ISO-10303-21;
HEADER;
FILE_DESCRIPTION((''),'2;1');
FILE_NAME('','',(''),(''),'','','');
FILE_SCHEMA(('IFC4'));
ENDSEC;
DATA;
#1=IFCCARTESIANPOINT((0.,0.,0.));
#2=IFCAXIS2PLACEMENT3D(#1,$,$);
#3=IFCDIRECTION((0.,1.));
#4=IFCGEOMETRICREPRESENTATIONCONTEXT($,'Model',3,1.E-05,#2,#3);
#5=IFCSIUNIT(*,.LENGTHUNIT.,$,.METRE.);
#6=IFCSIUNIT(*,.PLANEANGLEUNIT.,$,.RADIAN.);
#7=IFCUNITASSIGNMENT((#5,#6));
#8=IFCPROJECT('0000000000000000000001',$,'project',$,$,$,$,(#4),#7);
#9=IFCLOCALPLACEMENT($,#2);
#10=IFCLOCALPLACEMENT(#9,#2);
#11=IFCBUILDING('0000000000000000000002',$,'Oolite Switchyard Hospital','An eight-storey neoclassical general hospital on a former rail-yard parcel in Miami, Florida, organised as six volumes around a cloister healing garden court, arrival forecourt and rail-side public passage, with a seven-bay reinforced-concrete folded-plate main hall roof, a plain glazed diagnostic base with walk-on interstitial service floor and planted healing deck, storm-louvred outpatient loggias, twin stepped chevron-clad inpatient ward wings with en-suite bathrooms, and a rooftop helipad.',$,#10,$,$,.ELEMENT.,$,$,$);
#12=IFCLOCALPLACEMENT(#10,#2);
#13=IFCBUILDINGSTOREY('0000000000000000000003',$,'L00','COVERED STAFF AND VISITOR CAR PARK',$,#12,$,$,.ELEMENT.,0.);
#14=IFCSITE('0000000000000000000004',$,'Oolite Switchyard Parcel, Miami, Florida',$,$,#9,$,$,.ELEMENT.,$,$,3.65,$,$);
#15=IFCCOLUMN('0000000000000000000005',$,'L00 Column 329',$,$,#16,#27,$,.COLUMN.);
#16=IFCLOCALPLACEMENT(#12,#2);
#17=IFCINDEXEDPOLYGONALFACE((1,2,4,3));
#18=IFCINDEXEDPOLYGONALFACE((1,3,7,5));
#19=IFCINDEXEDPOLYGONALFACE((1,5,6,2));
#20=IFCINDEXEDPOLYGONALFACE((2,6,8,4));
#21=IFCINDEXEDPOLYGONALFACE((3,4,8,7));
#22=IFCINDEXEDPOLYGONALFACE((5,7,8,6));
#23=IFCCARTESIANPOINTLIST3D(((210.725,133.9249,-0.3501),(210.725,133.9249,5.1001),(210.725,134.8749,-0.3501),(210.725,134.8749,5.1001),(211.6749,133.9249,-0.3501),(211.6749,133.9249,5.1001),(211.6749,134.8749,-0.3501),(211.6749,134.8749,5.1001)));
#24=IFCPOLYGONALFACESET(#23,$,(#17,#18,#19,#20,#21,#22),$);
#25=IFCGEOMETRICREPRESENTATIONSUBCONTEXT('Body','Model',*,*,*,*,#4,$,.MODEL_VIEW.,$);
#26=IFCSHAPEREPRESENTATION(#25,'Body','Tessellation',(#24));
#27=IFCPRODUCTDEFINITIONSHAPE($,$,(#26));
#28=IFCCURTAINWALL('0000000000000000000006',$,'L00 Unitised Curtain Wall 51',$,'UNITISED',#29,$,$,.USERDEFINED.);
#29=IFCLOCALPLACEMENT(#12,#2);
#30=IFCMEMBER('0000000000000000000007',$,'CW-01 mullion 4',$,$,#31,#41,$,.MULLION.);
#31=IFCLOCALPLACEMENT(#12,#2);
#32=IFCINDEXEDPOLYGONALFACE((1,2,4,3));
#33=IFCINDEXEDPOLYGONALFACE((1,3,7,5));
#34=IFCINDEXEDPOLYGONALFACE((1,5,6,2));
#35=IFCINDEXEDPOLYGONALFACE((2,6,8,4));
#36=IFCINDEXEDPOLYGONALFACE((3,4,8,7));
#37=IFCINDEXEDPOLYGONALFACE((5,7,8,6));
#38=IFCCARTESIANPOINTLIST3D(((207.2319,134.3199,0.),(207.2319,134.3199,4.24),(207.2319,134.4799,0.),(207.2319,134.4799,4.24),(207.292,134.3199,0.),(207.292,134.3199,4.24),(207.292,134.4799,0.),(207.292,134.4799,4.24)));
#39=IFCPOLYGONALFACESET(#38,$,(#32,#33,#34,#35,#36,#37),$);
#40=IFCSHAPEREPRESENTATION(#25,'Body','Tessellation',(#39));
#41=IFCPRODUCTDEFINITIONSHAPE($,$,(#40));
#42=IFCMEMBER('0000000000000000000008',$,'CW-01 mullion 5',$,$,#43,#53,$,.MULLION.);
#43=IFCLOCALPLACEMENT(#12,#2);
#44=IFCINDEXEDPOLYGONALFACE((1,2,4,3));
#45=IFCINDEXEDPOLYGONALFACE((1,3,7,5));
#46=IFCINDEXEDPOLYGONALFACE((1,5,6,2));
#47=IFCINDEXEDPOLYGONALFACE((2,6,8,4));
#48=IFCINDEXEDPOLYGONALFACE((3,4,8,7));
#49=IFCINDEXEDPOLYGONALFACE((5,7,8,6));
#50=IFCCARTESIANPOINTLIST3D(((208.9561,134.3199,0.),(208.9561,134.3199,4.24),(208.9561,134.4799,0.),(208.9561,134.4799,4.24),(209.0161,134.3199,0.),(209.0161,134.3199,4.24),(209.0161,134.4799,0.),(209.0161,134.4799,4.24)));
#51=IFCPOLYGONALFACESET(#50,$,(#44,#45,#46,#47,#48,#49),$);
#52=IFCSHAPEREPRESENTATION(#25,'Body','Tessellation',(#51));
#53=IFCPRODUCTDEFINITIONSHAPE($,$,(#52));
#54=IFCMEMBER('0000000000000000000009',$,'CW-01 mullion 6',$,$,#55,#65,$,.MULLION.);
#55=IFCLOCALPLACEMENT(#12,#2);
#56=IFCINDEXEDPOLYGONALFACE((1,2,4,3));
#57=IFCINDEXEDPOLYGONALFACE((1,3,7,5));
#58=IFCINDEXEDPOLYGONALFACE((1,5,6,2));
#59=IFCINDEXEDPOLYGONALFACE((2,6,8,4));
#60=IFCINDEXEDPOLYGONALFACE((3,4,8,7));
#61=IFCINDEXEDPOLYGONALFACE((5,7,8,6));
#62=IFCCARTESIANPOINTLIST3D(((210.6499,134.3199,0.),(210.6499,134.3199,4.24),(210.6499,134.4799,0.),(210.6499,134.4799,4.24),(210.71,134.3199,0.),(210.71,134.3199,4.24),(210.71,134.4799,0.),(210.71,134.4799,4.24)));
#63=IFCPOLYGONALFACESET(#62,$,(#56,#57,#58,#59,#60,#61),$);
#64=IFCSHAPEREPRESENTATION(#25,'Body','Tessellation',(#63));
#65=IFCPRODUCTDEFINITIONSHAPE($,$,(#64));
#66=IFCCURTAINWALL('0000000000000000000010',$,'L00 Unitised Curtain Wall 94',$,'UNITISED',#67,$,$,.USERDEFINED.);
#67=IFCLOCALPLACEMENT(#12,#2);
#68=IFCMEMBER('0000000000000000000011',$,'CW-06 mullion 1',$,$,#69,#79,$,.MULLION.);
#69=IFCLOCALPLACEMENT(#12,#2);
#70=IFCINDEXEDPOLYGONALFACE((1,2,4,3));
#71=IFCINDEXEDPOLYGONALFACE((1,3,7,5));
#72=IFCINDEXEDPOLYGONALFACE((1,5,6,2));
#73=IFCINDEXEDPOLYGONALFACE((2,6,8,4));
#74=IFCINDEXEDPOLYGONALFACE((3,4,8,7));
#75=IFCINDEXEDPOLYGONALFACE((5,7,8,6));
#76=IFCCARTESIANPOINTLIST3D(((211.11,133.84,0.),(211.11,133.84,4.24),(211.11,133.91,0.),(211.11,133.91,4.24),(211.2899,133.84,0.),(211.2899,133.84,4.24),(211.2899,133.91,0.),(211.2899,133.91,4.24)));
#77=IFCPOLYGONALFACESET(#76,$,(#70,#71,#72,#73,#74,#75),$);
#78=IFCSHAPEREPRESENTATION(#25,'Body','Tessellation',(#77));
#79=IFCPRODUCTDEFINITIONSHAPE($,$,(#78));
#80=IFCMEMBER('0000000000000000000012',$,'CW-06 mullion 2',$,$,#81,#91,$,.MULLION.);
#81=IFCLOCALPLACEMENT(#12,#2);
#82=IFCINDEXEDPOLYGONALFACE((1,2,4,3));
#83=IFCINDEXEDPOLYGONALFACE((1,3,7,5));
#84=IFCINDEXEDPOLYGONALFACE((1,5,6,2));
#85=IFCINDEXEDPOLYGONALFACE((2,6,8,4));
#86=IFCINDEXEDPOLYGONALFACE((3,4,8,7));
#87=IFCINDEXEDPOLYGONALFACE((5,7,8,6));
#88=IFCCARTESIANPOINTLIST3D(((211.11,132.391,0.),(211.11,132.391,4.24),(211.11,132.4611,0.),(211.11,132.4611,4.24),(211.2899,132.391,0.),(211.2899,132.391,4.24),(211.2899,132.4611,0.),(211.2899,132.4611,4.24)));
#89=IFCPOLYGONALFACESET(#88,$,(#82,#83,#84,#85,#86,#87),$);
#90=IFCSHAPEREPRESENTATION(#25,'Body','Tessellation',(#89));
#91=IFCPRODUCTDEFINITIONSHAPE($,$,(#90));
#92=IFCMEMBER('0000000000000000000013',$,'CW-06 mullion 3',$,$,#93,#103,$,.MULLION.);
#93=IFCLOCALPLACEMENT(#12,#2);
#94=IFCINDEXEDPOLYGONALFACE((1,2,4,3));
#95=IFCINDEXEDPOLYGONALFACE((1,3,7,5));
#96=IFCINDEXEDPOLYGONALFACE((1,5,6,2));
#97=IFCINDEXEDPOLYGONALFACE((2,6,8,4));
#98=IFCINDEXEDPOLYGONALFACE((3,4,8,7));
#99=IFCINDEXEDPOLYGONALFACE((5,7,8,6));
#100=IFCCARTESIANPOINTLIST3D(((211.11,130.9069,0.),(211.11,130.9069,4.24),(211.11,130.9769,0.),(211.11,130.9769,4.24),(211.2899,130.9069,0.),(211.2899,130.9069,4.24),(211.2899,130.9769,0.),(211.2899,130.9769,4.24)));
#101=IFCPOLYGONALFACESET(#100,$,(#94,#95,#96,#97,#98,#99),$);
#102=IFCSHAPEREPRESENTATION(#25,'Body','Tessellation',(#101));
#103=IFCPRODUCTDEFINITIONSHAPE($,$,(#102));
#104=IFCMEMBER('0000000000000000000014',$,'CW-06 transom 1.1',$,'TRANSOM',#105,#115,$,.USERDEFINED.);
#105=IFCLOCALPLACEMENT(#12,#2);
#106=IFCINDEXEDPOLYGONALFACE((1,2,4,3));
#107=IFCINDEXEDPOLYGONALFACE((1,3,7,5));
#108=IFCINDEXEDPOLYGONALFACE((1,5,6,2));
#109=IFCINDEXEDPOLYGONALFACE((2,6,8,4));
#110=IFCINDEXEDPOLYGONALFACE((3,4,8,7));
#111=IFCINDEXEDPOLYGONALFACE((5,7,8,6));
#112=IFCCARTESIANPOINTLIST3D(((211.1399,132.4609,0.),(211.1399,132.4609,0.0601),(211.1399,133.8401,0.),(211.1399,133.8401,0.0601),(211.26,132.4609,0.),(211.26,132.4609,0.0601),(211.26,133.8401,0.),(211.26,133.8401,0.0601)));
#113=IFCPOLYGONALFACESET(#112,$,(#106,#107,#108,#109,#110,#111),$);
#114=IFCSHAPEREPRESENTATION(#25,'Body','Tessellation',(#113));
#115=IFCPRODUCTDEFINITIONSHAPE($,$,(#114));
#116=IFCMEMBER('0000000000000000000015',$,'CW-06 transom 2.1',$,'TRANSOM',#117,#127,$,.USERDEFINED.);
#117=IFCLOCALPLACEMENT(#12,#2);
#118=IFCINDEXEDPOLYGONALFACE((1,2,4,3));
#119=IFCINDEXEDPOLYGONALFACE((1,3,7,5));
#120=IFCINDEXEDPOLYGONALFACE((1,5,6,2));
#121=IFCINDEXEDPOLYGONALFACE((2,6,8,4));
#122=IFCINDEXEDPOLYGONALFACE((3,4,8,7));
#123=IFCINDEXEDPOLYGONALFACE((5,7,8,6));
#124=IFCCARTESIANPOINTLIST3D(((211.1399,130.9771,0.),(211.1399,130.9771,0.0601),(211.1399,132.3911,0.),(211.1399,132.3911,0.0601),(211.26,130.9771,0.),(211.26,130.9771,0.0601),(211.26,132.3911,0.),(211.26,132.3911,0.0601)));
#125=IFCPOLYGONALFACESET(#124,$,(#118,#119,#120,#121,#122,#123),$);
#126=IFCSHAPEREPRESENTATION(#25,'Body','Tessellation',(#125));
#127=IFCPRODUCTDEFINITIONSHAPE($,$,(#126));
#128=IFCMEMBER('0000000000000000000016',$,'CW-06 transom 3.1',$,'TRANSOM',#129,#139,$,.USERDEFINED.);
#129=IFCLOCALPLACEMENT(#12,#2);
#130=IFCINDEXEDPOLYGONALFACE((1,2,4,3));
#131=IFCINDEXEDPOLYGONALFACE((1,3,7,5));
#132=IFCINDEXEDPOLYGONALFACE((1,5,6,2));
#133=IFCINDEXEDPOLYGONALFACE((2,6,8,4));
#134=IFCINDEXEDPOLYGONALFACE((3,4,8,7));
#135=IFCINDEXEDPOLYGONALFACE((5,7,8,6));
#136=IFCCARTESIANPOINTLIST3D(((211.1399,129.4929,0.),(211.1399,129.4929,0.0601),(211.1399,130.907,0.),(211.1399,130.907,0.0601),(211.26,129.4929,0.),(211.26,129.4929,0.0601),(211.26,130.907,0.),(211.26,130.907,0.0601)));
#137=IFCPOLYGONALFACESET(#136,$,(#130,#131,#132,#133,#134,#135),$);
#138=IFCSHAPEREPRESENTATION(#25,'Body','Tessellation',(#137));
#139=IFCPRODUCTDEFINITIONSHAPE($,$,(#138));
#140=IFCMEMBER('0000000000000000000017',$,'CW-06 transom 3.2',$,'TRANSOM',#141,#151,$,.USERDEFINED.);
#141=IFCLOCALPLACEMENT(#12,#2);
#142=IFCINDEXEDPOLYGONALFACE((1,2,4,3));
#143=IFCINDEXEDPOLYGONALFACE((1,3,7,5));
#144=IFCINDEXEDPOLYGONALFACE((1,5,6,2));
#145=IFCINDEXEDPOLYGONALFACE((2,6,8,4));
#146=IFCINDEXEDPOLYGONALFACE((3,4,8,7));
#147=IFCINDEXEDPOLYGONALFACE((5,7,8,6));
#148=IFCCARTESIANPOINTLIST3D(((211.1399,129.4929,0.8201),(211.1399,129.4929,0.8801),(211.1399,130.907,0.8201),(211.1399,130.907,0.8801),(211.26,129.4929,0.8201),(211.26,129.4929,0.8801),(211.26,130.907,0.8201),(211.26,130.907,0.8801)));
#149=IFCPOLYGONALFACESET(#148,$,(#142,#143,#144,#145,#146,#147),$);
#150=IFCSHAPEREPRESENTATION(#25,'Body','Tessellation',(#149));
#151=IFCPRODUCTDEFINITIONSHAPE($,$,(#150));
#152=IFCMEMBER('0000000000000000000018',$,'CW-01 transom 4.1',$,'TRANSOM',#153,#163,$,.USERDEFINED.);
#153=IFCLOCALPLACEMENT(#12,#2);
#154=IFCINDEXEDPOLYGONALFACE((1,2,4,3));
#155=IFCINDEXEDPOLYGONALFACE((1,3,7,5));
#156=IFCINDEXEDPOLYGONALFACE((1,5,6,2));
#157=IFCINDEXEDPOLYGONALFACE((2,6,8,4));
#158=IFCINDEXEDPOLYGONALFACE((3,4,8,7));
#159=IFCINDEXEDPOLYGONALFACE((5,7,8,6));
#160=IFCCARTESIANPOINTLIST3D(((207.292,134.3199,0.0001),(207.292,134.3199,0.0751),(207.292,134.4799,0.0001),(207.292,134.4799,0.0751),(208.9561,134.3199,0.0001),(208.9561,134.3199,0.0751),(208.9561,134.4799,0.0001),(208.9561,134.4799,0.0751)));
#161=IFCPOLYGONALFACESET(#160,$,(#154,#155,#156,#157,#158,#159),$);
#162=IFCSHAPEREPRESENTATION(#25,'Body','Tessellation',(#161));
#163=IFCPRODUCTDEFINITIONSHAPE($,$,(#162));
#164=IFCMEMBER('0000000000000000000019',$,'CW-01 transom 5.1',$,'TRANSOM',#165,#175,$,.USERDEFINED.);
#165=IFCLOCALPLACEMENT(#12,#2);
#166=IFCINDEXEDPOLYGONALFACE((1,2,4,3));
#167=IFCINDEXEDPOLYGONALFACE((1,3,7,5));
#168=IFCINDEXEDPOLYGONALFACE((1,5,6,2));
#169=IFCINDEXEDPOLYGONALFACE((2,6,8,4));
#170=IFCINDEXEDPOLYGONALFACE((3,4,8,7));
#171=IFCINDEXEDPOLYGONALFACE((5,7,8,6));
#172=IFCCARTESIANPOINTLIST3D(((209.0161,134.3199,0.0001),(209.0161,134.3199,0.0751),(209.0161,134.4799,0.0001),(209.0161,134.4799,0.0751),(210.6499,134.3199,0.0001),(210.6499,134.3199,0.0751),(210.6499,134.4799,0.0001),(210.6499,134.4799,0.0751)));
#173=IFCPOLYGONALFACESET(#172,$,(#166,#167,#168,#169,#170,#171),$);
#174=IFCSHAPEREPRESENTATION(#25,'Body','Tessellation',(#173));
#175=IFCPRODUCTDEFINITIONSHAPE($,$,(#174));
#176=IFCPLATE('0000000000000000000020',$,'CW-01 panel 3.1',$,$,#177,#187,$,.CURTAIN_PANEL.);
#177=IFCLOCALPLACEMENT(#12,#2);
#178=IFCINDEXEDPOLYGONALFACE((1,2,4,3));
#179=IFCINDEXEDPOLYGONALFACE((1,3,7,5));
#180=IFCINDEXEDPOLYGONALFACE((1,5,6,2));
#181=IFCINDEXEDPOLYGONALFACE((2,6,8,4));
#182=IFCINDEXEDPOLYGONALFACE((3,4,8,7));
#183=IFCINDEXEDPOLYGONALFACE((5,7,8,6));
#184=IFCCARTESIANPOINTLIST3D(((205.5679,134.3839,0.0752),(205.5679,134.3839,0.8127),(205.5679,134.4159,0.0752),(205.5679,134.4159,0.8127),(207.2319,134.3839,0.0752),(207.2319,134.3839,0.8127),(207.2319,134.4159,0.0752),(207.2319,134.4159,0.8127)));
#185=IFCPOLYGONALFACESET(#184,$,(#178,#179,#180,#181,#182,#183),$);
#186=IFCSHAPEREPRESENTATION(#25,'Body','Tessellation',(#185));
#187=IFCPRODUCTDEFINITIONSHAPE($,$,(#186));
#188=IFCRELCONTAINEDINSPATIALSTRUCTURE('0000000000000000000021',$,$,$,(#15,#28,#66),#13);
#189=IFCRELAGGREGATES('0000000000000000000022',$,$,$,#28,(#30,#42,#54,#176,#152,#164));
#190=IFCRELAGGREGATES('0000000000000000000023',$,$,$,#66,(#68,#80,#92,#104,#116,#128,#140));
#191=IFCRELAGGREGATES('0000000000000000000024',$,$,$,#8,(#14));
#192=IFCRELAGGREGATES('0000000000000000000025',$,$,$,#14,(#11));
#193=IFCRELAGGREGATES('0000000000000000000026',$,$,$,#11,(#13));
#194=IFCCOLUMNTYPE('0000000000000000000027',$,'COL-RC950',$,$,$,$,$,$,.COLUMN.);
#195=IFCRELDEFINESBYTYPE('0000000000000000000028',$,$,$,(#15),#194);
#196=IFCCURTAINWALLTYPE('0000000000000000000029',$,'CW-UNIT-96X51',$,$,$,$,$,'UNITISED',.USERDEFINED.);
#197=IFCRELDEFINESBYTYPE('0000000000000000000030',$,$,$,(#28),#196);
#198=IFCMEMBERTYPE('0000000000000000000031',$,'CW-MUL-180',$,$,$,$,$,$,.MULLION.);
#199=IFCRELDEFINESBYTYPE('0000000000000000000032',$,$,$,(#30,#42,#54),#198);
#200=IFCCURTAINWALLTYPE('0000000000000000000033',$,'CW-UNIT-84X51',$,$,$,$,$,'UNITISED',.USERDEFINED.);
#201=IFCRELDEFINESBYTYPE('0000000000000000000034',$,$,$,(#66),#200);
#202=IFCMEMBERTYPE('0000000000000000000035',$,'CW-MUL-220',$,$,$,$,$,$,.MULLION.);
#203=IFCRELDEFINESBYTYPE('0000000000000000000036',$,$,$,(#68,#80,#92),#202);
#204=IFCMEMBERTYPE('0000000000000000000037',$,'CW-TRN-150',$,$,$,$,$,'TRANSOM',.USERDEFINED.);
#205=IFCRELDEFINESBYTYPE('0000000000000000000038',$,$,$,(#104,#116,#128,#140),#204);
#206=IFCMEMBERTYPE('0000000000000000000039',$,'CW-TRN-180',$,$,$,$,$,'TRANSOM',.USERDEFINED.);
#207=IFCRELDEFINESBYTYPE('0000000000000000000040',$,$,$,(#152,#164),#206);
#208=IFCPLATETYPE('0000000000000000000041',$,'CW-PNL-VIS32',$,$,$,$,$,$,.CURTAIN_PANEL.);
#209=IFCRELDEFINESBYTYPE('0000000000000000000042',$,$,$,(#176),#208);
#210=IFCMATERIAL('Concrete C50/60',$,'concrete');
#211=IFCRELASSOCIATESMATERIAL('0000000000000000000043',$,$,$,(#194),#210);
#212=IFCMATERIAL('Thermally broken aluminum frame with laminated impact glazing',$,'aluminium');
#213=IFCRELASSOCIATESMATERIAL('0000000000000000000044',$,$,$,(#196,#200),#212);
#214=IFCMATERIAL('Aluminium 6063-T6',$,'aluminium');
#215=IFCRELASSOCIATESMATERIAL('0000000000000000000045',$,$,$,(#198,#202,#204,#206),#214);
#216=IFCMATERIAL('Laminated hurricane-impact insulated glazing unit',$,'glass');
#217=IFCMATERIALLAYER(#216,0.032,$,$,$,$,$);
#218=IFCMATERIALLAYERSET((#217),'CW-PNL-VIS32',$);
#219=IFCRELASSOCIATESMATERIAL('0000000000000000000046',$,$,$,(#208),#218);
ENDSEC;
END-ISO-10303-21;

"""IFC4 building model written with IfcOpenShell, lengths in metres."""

from ifc_helpers import new_model, si_unit, direction, frame, origin, origin_2d, place, context, subcontext, project, spatial, rectangle, extrude, material, layer, layer_set, material_profile, profile_set, type_object, element, aggregate, save


model = new_model("IFC4")

# Units and contexts
model_context = context("Model", 3, precision=1e-05, world=origin(), true_north=direction((0.0, 1.0)))
body_context = subcontext(model_context, "Body", "Model", "MODEL_VIEW")
ifc_project = project(units=[si_unit("LENGTHUNIT", "METRE"), si_unit("PLANEANGLEUNIT", "RADIAN")], contexts=[model_context])

# Site, building, storey
site_placement = place(None, origin())
site = spatial("IfcSite", under=ifc_project, at=site_placement, Name="Oolite Switchyard Parcel, Miami, Florida", CompositionType="ELEMENT", RefElevation=3.65)
building_placement = place(site_placement, origin())
building = spatial("IfcBuilding", under=site, at=building_placement, Name="Oolite Switchyard Hospital", Description="An eight-storey neoclassical general hospital on a former rail-yard parcel in Miami, Florida, organised as six volumes around a cloister healing garden court, arrival forecourt and rail-side public passage, with a seven-bay reinforced-concrete folded-plate main hall roof, a plain glazed diagnostic base with walk-on interstitial service floor and planted healing deck, storm-louvred outpatient loggias, twin stepped chevron-clad inpatient ward wings with en-suite bathrooms, and a rooftop helipad.", CompositionType="ELEMENT")
storey_placement = place(building_placement, origin())
storey = spatial("IfcBuildingStorey", under=building, at=storey_placement, Name="L00", Description="COVERED STAFF AND VISITOR CAR PARK", CompositionType="ELEMENT", Elevation=0.0)

# Column
ifc_material_1 = material(Name="Concrete C50/60", Category="concrete")
ifc_material_profile_1 = material_profile(ifc_material_1, rectangle(XDim=0.95, YDim=0.95, at=origin_2d()), Name="RC950X950")
ifc_profile_set_1 = profile_set([ifc_material_profile_1], Name="Concrete C50/60")
column_type = type_object("IfcColumnType", Name="COL-RC950", PredefinedType="COLUMN", material=ifc_profile_set_1)
column_placement = place(storey_placement, frame((211.2, 134.3999, -0.3501), z_axis=(0.0, 0.0, 1.0), x_axis=(1.0, 0.0, 0.0)))
element("IfcColumn", 1, at=column_placement, inside=storey, type_object=column_type, Name="L00 Column 329", PredefinedType="COLUMN", context=body_context, shape_type="SweptSolid", body=[
    extrude(rectangle(XDim=0.95, YDim=0.95, at=origin_2d()), origin(), (0.0, 0.0, 1.0), 5.4502),
])

# Curtain walls, members
ifc_material_2 = material(Name="Thermally broken aluminum frame with laminated impact glazing", Category="aluminium")
curtain_wall_type_1 = type_object("IfcCurtainWallType", Name="CW-UNIT-96X51", ElementType="UNITISED", PredefinedType="USERDEFINED", material=ifc_material_2)
curtain_wall_1_placement = place(storey_placement, origin())
curtain_wall_1 = element("IfcCurtainWall", 2, at=curtain_wall_1_placement, inside=storey, type_object=curtain_wall_type_1, Name="L00 Unitised Curtain Wall 51", ObjectType="UNITISED", PredefinedType="USERDEFINED")
ifc_material_3 = material(Name="Aluminium 6063-T6", Category="aluminium")
ifc_material_profile_2 = material_profile(ifc_material_3, rectangle(XDim=0.1599, YDim=0.0601, at=origin_2d()), Name="CWM60X160")
ifc_profile_set_2 = profile_set([ifc_material_profile_2], Name="Aluminium 6063-T6")
member_type_1 = type_object("IfcMemberType", Name="CW-MUL-180", PredefinedType="MULLION", material=ifc_profile_set_2)
member_1_placement = place(storey_placement, frame((207.262, 134.3999, 0.0), z_axis=(0.0, 0.0, 1.0), x_axis=(0.0, 1.0, 0.0)))
member_1 = element("IfcMember", 3, at=member_1_placement, type_object=member_type_1, Name="CW-01 mullion 4", PredefinedType="MULLION", context=body_context, shape_type="SweptSolid", body=[
    extrude(rectangle(XDim=0.1599, YDim=0.0601, at=origin_2d()), origin(), (0.0, 0.0, 1.0), 4.24),
])
member_2_placement = place(storey_placement, frame((208.9861, 134.3999, 0.0), z_axis=(0.0, 0.0, 1.0), x_axis=(0.0, 1.0, 0.0)))
member_2 = element("IfcMember", 4, at=member_2_placement, type_object=member_type_1, Name="CW-01 mullion 5", PredefinedType="MULLION", context=body_context, shape_type="SweptSolid", body=[
    extrude(rectangle(XDim=0.1599, YDim=0.0601, at=origin_2d()), origin(), (0.0, 0.0, 1.0), 4.24),
])
member_3_placement = place(storey_placement, frame((210.6799, 134.3999, 0.0), z_axis=(0.0, 0.0, 1.0), x_axis=(0.0, 1.0, 0.0)))
member_3 = element("IfcMember", 5, at=member_3_placement, type_object=member_type_1, Name="CW-01 mullion 6", PredefinedType="MULLION", context=body_context, shape_type="SweptSolid", body=[
    extrude(rectangle(XDim=0.1599, YDim=0.0601, at=origin_2d()), origin(), (0.0, 0.0, 1.0), 4.24),
])
curtain_wall_type_2 = type_object("IfcCurtainWallType", Name="CW-UNIT-84X51", ElementType="UNITISED", PredefinedType="USERDEFINED", material=ifc_material_2)
curtain_wall_2_placement = place(storey_placement, origin())
curtain_wall_2 = element("IfcCurtainWall", 6, at=curtain_wall_2_placement, inside=storey, type_object=curtain_wall_type_2, Name="L00 Unitised Curtain Wall 94", ObjectType="UNITISED", PredefinedType="USERDEFINED")
ifc_material_profile_3 = material_profile(ifc_material_3, rectangle(XDim=0.1799, YDim=0.0701, at=origin_2d()), Name="CWM70X180")
ifc_profile_set_3 = profile_set([ifc_material_profile_3], Name="Aluminium 6063-T6")
member_type_2 = type_object("IfcMemberType", Name="CW-MUL-220", PredefinedType="MULLION", material=ifc_profile_set_3)
member_4_placement = place(storey_placement, frame((211.2, 133.875, 0.0), z_axis=(0.0, 0.0, 1.0), x_axis=(1.0, 0.0, 0.0)))
member_4 = element("IfcMember", 7, at=member_4_placement, type_object=member_type_2, Name="CW-06 mullion 1", PredefinedType="MULLION", context=body_context, shape_type="SweptSolid", body=[
    extrude(rectangle(XDim=0.1799, YDim=0.0701, at=origin_2d()), origin(), (0.0, 0.0, 1.0), 4.24),
])
member_5_placement = place(storey_placement, frame((211.2, 132.426, 0.0), z_axis=(0.0, 0.0, 1.0), x_axis=(1.0, 0.0, 0.0)))
member_5 = element("IfcMember", 8, at=member_5_placement, type_object=member_type_2, Name="CW-06 mullion 2", PredefinedType="MULLION", context=body_context, shape_type="SweptSolid", body=[
    extrude(rectangle(XDim=0.1799, YDim=0.0701, at=origin_2d()), origin(), (0.0, 0.0, 1.0), 4.24),
])
member_6_placement = place(storey_placement, frame((211.2, 130.9419, 0.0), z_axis=(0.0, 0.0, 1.0), x_axis=(1.0, 0.0, 0.0)))
member_6 = element("IfcMember", 9, at=member_6_placement, type_object=member_type_2, Name="CW-06 mullion 3", PredefinedType="MULLION", context=body_context, shape_type="SweptSolid", body=[
    extrude(rectangle(XDim=0.1799, YDim=0.0701, at=origin_2d()), origin(), (0.0, 0.0, 1.0), 4.24),
])
ifc_material_profile_4 = material_profile(ifc_material_3, rectangle(XDim=0.1201, YDim=0.0601, at=origin_2d()), Name="CWT60X120")
ifc_profile_set_4 = profile_set([ifc_material_profile_4], Name="Aluminium 6063-T6")
member_type_3 = type_object("IfcMemberType", Name="CW-TRN-150", ElementType="TRANSOM", PredefinedType="USERDEFINED", material=ifc_profile_set_4)
member_7_placement = place(storey_placement, frame((211.2, 133.8401, 0.03), z_axis=(0.0, -1.0, 0.0), x_axis=(1.0, 0.0, 0.0)))
member_7 = element("IfcMember", 10, at=member_7_placement, type_object=member_type_3, Name="CW-06 transom 1.1", ObjectType="TRANSOM", PredefinedType="USERDEFINED", context=body_context, shape_type="SweptSolid", body=[
    extrude(rectangle(XDim=0.1201, YDim=0.0601, at=origin_2d()), origin(), (0.0, 0.0, 1.0), 1.3792),
])
member_8_placement = place(storey_placement, frame((211.2, 132.3911, 0.03), z_axis=(0.0, -1.0, 0.0), x_axis=(1.0, 0.0, 0.0)))
member_8 = element("IfcMember", 11, at=member_8_placement, type_object=member_type_3, Name="CW-06 transom 2.1", ObjectType="TRANSOM", PredefinedType="USERDEFINED", context=body_context, shape_type="SweptSolid", body=[
    extrude(rectangle(XDim=0.1201, YDim=0.0601, at=origin_2d()), origin(), (0.0, 0.0, 1.0), 1.4141),
])
member_9_placement = place(storey_placement, frame((211.2, 130.907, 0.03), z_axis=(0.0, -1.0, 0.0), x_axis=(1.0, 0.0, 0.0)))
member_9 = element("IfcMember", 12, at=member_9_placement, type_object=member_type_3, Name="CW-06 transom 3.1", ObjectType="TRANSOM", PredefinedType="USERDEFINED", context=body_context, shape_type="SweptSolid", body=[
    extrude(rectangle(XDim=0.1201, YDim=0.0601, at=origin_2d()), origin(), (0.0, 0.0, 1.0), 1.4141),
])
member_10_placement = place(storey_placement, frame((211.2, 130.907, 0.8501), z_axis=(0.0, -1.0, 0.0), x_axis=(1.0, 0.0, 0.0)))
member_10 = element("IfcMember", 13, at=member_10_placement, type_object=member_type_3, Name="CW-06 transom 3.2", ObjectType="TRANSOM", PredefinedType="USERDEFINED", context=body_context, shape_type="SweptSolid", body=[
    extrude(rectangle(XDim=0.1201, YDim=0.0601, at=origin_2d()), origin(), (0.0, 0.0, 1.0), 1.4141),
])

# Members
ifc_material_profile_5 = material_profile(ifc_material_3, rectangle(XDim=0.1599, YDim=0.075, at=origin_2d()), Name="CWT75X160")
ifc_profile_set_5 = profile_set([ifc_material_profile_5], Name="Aluminium 6063-T6")
member_type_4 = type_object("IfcMemberType", Name="CW-TRN-180", ElementType="TRANSOM", PredefinedType="USERDEFINED", material=ifc_profile_set_5)
member_11_placement = place(storey_placement, frame((207.292, 134.3999, 0.0376), z_axis=(1.0, 0.0, 0.0), x_axis=(0.0, 1.0, 0.0)))
member_11 = element("IfcMember", 14, at=member_11_placement, type_object=member_type_4, Name="CW-01 transom 4.1", ObjectType="TRANSOM", PredefinedType="USERDEFINED", context=body_context, shape_type="SweptSolid", body=[
    extrude(rectangle(XDim=0.1599, YDim=0.075, at=origin_2d()), origin(), (0.0, 0.0, 1.0), 1.6641),
])
member_12_placement = place(storey_placement, frame((209.0161, 134.3999, 0.0376), z_axis=(1.0, 0.0, 0.0), x_axis=(0.0, 1.0, 0.0)))
member_12 = element("IfcMember", 15, at=member_12_placement, type_object=member_type_4, Name="CW-01 transom 5.1", ObjectType="TRANSOM", PredefinedType="USERDEFINED", context=body_context, shape_type="SweptSolid", body=[
    extrude(rectangle(XDim=0.1599, YDim=0.075, at=origin_2d()), origin(), (0.0, 0.0, 1.0), 1.6338),
])

# Plate
ifc_material_4 = material(Name="Laminated hurricane-impact insulated glazing unit", Category="glass")
ifc_layer_1 = layer(ifc_material_4, 0.032)
ifc_layer_set_1 = layer_set([ifc_layer_1], Name="CW-PNL-VIS32")
plate_type_1 = type_object("IfcPlateType", Name="CW-PNL-VIS32", PredefinedType="CURTAIN_PANEL", material=ifc_layer_set_1)
plate_1_placement = place(storey_placement, frame((206.3999, 134.3999, 0.0752), z_axis=(0.0, 0.0, 1.0), x_axis=(1.0, 0.0, 0.0)))
plate_1 = element("IfcPlate", 16, at=plate_1_placement, type_object=plate_type_1, Name="CW-01 panel 3.1", PredefinedType="CURTAIN_PANEL", context=body_context, shape_type="SweptSolid", body=[
    extrude(rectangle(XDim=1.6641, YDim=0.032, at=origin_2d()), origin(), (0.0, 0.0, 1.0), 0.7375),
])
aggregate(curtain_wall_1, [member_1, member_2, member_3, plate_1, member_11, member_12])
aggregate(curtain_wall_2, [member_4, member_5, member_6, member_7, member_8, member_9, member_10])

save(model, "model.ifc")
